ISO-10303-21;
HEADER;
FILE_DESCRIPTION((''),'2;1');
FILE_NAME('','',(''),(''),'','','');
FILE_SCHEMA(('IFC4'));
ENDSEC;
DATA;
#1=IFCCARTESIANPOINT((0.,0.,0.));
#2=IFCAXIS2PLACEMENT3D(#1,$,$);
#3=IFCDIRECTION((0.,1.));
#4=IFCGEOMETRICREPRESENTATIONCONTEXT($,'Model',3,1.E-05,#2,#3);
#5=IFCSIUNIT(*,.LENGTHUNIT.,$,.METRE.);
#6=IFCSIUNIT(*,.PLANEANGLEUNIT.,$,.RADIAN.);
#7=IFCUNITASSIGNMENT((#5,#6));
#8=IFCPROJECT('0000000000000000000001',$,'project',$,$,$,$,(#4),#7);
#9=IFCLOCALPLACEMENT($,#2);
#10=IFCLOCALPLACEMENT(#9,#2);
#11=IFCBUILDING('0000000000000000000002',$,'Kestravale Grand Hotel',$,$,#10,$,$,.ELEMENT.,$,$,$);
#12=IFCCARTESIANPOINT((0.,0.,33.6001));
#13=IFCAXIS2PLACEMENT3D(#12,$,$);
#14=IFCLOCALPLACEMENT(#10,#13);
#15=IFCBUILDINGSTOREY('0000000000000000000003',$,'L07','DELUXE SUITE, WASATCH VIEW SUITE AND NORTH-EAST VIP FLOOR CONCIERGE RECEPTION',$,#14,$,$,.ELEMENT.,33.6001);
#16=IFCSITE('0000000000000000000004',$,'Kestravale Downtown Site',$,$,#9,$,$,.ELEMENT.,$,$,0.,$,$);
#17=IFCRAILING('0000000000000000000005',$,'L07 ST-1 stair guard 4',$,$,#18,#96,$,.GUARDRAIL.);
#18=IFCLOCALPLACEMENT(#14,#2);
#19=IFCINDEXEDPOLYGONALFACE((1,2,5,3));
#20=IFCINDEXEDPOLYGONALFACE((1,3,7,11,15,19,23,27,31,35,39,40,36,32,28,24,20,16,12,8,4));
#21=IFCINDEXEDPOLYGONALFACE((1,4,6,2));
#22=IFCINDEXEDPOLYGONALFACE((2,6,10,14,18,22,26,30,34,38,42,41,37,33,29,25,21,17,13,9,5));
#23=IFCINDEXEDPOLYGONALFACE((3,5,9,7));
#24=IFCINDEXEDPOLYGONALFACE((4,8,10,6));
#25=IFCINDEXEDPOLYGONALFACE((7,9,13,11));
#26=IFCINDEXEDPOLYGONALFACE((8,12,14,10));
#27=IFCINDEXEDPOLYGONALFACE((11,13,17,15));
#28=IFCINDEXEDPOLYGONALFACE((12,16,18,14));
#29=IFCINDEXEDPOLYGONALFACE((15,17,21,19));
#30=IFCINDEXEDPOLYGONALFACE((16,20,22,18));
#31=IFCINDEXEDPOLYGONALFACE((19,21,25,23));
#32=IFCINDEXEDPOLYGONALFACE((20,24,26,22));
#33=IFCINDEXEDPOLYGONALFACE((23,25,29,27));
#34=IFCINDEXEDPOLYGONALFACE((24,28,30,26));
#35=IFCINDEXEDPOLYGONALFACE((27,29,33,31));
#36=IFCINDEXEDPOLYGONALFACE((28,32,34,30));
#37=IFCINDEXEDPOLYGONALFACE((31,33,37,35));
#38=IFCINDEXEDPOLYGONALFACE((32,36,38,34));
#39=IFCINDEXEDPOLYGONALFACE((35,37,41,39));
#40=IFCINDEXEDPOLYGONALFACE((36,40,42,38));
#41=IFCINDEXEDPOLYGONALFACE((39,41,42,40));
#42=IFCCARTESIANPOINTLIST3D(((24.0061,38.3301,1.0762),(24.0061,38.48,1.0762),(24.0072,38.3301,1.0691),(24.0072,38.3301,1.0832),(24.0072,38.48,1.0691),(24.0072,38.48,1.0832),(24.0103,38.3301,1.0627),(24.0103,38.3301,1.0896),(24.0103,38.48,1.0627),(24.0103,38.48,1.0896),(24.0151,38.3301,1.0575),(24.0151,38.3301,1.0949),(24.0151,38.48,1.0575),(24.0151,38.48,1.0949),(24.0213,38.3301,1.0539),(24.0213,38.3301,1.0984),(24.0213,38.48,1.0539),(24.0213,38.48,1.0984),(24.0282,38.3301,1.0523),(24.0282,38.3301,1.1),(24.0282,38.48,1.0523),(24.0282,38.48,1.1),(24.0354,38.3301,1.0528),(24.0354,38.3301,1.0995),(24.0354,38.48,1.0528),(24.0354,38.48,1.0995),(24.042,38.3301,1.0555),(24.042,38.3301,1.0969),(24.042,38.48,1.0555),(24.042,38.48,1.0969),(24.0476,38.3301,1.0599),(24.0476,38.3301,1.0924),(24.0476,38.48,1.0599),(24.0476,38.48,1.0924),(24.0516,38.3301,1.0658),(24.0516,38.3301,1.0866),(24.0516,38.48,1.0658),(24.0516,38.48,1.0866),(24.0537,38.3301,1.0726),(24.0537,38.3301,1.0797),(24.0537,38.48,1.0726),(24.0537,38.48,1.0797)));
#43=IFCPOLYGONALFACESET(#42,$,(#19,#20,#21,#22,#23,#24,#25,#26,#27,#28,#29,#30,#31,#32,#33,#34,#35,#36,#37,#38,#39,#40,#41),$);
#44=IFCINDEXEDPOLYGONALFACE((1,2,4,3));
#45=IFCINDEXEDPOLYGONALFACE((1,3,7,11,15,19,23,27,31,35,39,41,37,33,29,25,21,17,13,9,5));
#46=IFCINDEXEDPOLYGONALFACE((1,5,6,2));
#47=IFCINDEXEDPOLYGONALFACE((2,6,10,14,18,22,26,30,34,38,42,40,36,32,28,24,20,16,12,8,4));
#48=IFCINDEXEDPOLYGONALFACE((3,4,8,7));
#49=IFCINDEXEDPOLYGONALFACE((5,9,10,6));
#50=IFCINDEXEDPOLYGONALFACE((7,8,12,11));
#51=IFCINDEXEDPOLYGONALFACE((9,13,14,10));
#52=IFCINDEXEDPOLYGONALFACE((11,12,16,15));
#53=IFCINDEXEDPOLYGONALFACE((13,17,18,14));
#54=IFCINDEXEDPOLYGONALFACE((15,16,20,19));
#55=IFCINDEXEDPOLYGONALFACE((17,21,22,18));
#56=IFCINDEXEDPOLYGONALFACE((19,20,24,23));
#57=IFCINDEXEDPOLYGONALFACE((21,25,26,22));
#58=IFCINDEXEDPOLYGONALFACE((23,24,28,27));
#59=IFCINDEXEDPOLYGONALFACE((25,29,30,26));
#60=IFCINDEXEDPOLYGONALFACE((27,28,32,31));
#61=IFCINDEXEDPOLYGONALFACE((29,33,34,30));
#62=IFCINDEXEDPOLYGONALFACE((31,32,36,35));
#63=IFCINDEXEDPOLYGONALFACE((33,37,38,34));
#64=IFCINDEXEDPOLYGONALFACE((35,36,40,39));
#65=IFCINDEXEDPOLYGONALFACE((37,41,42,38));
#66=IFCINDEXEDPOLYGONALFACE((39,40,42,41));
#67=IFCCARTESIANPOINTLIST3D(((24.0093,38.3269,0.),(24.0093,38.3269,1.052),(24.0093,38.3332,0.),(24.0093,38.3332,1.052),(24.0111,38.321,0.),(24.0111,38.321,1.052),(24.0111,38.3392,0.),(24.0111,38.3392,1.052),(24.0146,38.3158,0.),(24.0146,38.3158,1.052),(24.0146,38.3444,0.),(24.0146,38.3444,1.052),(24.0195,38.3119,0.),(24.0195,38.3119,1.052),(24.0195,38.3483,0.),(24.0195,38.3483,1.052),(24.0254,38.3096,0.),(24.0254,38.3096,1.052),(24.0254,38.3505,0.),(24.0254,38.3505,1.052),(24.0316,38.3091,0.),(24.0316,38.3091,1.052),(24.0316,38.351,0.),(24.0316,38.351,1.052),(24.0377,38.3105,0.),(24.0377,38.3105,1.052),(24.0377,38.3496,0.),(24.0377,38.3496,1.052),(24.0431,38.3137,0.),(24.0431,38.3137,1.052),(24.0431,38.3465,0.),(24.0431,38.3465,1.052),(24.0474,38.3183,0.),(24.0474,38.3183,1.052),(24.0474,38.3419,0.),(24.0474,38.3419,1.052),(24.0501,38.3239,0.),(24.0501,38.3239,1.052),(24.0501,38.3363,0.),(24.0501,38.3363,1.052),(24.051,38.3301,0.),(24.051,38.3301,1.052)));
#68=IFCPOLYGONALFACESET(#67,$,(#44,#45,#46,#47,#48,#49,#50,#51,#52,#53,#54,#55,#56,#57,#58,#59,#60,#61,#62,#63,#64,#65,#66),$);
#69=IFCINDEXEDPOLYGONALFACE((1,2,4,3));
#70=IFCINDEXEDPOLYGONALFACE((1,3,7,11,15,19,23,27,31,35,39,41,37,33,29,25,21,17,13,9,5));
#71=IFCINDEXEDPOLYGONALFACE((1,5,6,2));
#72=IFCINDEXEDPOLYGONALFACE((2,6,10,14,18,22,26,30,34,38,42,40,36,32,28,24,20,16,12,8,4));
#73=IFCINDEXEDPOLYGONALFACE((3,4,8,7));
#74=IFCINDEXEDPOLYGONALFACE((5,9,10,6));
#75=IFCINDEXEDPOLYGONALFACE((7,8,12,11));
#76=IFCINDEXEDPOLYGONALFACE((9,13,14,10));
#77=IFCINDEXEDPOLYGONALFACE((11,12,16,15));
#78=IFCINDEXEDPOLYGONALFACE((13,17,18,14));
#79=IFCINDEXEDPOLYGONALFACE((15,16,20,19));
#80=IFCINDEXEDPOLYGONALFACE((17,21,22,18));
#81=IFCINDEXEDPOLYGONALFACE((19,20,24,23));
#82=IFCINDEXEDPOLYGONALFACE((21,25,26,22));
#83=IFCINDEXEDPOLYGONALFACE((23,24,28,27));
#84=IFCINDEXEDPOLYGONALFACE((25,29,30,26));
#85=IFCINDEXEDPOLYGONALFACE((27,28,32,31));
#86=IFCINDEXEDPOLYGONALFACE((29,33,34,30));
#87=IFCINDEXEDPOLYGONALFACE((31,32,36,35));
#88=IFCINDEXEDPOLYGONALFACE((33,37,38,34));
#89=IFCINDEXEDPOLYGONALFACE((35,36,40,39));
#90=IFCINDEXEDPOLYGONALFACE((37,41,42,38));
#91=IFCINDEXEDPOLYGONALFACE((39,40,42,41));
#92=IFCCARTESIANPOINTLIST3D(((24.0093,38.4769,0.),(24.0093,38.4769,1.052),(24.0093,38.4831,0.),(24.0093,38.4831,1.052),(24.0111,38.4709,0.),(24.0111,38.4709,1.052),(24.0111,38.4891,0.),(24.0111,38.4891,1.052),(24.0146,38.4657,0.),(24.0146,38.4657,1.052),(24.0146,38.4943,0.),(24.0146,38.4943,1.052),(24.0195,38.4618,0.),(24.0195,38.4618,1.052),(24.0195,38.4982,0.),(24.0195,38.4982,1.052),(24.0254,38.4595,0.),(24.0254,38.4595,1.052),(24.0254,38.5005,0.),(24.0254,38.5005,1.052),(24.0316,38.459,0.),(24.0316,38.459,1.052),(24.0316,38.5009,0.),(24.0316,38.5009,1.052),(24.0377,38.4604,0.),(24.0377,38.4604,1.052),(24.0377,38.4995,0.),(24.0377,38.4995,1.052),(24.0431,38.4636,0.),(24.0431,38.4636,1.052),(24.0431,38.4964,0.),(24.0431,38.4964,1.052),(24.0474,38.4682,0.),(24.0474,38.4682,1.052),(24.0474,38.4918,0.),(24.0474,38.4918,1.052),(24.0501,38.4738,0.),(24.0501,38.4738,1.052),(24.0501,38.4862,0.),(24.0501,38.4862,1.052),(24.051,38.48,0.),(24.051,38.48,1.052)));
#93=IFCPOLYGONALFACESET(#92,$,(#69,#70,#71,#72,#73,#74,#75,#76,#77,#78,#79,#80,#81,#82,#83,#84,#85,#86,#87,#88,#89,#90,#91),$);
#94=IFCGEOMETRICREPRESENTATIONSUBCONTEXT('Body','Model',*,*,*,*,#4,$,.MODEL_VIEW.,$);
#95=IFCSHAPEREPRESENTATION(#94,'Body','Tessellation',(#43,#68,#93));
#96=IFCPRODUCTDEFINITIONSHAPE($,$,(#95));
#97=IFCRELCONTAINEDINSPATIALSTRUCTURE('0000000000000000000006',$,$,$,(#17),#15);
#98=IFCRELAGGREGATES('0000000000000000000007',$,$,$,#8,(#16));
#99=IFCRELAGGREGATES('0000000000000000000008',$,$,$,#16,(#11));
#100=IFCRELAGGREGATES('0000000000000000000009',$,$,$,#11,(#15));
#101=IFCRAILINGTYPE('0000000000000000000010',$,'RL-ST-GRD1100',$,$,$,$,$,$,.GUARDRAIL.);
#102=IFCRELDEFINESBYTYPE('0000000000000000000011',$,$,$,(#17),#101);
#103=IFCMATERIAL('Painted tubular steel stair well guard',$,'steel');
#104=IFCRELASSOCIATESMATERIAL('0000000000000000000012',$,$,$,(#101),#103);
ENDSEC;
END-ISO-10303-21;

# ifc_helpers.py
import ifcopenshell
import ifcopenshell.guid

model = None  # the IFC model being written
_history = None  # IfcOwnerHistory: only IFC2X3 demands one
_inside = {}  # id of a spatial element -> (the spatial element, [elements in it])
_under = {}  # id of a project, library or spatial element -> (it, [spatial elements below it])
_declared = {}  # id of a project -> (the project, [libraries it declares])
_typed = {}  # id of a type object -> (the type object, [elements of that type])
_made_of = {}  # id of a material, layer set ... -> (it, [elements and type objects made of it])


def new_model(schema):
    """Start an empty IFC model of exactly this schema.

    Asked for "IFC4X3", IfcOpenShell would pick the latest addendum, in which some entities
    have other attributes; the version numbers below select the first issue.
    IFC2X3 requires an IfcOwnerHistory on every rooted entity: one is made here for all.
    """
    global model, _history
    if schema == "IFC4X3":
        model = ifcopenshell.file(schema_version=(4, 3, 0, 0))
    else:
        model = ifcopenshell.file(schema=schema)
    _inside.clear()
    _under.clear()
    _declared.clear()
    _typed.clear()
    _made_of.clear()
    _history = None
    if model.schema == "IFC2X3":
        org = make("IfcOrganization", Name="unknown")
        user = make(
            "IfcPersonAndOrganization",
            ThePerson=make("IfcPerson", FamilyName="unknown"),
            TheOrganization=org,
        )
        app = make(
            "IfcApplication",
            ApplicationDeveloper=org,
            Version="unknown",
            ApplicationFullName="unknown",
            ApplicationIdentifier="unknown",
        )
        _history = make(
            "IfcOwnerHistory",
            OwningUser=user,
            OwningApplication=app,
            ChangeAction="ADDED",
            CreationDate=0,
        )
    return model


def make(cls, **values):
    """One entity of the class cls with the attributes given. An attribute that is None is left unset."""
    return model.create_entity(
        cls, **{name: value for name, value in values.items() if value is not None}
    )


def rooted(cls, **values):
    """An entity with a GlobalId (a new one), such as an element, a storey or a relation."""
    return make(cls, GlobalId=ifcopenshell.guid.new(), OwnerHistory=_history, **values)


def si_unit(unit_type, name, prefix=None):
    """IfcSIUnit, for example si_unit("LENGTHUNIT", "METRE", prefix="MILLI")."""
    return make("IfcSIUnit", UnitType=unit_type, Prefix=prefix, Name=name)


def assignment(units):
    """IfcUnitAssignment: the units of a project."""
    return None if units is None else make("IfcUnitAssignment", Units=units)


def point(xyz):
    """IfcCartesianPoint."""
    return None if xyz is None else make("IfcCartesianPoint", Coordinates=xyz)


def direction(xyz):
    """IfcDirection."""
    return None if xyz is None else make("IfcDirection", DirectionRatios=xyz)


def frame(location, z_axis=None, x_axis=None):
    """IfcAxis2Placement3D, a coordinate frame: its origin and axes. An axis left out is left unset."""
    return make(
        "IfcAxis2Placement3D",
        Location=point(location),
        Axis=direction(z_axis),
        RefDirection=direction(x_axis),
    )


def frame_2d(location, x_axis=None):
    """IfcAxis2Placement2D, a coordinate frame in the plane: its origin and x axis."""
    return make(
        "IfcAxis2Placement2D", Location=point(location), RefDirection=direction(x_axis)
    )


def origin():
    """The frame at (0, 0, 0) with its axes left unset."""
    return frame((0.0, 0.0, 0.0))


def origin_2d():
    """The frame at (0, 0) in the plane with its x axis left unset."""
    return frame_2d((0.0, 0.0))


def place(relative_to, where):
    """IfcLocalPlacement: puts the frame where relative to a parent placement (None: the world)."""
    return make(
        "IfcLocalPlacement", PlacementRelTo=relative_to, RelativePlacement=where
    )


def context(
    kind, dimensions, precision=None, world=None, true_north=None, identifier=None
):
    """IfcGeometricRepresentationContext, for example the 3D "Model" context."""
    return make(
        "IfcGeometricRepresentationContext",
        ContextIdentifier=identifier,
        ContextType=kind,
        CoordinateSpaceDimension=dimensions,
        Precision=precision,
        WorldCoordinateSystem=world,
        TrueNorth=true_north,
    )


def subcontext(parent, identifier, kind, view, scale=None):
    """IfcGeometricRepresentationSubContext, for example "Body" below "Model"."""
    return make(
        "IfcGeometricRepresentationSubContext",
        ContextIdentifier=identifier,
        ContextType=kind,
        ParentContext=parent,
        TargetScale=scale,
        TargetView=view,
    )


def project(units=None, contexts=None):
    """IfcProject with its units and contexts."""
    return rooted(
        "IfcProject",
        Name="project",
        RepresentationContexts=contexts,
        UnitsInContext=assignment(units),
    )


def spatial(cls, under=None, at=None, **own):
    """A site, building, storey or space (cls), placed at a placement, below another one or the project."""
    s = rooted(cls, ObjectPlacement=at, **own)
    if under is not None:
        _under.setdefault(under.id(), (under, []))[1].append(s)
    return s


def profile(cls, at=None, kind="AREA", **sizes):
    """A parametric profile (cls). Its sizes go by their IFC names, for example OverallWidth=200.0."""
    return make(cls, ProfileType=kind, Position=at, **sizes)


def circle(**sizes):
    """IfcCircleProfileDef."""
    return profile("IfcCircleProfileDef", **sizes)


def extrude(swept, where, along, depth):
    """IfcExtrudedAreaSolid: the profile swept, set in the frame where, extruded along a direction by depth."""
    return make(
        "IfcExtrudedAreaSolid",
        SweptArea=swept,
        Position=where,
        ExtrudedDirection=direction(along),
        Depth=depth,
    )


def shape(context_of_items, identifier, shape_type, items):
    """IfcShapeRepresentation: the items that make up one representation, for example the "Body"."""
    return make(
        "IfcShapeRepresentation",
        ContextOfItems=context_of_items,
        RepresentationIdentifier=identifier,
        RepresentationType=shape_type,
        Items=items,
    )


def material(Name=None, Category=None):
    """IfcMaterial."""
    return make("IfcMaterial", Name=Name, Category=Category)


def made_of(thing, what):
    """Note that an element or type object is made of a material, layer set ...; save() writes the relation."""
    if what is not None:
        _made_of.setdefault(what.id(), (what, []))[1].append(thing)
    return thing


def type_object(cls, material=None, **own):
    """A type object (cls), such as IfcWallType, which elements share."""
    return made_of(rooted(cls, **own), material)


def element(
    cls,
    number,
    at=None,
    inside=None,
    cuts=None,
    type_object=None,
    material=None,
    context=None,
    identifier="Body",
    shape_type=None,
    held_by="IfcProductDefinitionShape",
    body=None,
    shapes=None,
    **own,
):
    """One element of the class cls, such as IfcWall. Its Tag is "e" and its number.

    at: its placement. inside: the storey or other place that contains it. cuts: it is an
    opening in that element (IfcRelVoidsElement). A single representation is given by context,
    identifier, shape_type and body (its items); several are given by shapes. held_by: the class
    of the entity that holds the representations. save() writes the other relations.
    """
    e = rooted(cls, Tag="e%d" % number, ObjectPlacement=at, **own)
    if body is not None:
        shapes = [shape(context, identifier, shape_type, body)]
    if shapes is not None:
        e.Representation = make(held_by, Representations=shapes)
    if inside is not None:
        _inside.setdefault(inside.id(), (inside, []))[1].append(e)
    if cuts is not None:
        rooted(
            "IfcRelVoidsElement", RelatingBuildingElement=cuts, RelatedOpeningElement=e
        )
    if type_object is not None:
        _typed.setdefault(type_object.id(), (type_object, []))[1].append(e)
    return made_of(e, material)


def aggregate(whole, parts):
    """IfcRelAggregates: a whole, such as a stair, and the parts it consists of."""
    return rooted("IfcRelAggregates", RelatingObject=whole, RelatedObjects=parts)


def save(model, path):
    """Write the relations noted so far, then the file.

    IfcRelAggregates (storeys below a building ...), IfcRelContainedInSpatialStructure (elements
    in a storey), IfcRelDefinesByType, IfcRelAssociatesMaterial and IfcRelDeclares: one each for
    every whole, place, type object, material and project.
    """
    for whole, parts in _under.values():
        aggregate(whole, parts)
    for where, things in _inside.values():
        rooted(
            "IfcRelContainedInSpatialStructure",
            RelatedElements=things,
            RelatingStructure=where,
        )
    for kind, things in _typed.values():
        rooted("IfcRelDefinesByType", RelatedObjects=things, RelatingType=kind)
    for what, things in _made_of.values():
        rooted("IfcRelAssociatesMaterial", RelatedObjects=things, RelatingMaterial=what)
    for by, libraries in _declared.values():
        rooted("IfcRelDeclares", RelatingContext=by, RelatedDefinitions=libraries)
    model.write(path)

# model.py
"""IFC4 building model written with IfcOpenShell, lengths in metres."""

from ifc_helpers import new_model, si_unit, direction, frame, origin, origin_2d, place, context, subcontext, project, spatial, circle, extrude, material, type_object, element, save


model = new_model("IFC4")

# Units and contexts
model_context = context("Model", 3, precision=1e-05, world=origin(), true_north=direction((0.0, 1.0)))
body_context = subcontext(model_context, "Body", "Model", "MODEL_VIEW")
ifc_project = project(units=[si_unit("LENGTHUNIT", "METRE"), si_unit("PLANEANGLEUNIT", "RADIAN")], contexts=[model_context])

# Site, building, storey
site_placement = place(None, origin())
site = spatial("IfcSite", under=ifc_project, at=site_placement, Name="Kestravale Downtown Site", CompositionType="ELEMENT", RefElevation=0.0)
building_placement = place(site_placement, origin())
building = spatial("IfcBuilding", under=site, at=building_placement, Name="Kestravale Grand Hotel", CompositionType="ELEMENT")
storey_placement = place(building_placement, frame((0.0, 0.0, 33.6001)))
storey = spatial("IfcBuildingStorey", under=building, at=storey_placement, Name="L07", Description="DELUXE SUITE, WASATCH VIEW SUITE AND NORTH-EAST VIP FLOOR CONCIERGE RECEPTION", CompositionType="ELEMENT", Elevation=33.6001)

# Railing
ifc_material_1 = material(Name="Painted tubular steel stair well guard", Category="steel")
railing_type_1 = type_object("IfcRailingType", Name="RL-ST-GRD1100", PredefinedType="GUARDRAIL", material=ifc_material_1)
railing_1_placement = place(storey_placement, frame((24.03, 38.3301, 0.0)))
element("IfcRailing", 1, at=railing_1_placement, inside=storey, type_object=railing_type_1, Name="L07 ST-1 stair guard 4", PredefinedType="GUARDRAIL", context=body_context, shape_type="SweptSolid", body=[
    extrude(circle(Radius=0.0239, at=origin_2d()), frame((0.0, 0.0, 1.0762), z_axis=(0.0, 1.0, 0.0), x_axis=(-1.0, 0.0, 0.0)), (0.0, 0.0, 1.0), 0.1499),
    extrude(circle(Radius=0.021, at=origin_2d()), origin(), (0.0, 0.0, 1.0), 1.052),
    extrude(circle(Radius=0.021, at=origin_2d()), frame((0.0, 0.1499, 0.0)), (0.0, 0.0, 1.0), 1.052),
])

save(model, "model.ifc")
